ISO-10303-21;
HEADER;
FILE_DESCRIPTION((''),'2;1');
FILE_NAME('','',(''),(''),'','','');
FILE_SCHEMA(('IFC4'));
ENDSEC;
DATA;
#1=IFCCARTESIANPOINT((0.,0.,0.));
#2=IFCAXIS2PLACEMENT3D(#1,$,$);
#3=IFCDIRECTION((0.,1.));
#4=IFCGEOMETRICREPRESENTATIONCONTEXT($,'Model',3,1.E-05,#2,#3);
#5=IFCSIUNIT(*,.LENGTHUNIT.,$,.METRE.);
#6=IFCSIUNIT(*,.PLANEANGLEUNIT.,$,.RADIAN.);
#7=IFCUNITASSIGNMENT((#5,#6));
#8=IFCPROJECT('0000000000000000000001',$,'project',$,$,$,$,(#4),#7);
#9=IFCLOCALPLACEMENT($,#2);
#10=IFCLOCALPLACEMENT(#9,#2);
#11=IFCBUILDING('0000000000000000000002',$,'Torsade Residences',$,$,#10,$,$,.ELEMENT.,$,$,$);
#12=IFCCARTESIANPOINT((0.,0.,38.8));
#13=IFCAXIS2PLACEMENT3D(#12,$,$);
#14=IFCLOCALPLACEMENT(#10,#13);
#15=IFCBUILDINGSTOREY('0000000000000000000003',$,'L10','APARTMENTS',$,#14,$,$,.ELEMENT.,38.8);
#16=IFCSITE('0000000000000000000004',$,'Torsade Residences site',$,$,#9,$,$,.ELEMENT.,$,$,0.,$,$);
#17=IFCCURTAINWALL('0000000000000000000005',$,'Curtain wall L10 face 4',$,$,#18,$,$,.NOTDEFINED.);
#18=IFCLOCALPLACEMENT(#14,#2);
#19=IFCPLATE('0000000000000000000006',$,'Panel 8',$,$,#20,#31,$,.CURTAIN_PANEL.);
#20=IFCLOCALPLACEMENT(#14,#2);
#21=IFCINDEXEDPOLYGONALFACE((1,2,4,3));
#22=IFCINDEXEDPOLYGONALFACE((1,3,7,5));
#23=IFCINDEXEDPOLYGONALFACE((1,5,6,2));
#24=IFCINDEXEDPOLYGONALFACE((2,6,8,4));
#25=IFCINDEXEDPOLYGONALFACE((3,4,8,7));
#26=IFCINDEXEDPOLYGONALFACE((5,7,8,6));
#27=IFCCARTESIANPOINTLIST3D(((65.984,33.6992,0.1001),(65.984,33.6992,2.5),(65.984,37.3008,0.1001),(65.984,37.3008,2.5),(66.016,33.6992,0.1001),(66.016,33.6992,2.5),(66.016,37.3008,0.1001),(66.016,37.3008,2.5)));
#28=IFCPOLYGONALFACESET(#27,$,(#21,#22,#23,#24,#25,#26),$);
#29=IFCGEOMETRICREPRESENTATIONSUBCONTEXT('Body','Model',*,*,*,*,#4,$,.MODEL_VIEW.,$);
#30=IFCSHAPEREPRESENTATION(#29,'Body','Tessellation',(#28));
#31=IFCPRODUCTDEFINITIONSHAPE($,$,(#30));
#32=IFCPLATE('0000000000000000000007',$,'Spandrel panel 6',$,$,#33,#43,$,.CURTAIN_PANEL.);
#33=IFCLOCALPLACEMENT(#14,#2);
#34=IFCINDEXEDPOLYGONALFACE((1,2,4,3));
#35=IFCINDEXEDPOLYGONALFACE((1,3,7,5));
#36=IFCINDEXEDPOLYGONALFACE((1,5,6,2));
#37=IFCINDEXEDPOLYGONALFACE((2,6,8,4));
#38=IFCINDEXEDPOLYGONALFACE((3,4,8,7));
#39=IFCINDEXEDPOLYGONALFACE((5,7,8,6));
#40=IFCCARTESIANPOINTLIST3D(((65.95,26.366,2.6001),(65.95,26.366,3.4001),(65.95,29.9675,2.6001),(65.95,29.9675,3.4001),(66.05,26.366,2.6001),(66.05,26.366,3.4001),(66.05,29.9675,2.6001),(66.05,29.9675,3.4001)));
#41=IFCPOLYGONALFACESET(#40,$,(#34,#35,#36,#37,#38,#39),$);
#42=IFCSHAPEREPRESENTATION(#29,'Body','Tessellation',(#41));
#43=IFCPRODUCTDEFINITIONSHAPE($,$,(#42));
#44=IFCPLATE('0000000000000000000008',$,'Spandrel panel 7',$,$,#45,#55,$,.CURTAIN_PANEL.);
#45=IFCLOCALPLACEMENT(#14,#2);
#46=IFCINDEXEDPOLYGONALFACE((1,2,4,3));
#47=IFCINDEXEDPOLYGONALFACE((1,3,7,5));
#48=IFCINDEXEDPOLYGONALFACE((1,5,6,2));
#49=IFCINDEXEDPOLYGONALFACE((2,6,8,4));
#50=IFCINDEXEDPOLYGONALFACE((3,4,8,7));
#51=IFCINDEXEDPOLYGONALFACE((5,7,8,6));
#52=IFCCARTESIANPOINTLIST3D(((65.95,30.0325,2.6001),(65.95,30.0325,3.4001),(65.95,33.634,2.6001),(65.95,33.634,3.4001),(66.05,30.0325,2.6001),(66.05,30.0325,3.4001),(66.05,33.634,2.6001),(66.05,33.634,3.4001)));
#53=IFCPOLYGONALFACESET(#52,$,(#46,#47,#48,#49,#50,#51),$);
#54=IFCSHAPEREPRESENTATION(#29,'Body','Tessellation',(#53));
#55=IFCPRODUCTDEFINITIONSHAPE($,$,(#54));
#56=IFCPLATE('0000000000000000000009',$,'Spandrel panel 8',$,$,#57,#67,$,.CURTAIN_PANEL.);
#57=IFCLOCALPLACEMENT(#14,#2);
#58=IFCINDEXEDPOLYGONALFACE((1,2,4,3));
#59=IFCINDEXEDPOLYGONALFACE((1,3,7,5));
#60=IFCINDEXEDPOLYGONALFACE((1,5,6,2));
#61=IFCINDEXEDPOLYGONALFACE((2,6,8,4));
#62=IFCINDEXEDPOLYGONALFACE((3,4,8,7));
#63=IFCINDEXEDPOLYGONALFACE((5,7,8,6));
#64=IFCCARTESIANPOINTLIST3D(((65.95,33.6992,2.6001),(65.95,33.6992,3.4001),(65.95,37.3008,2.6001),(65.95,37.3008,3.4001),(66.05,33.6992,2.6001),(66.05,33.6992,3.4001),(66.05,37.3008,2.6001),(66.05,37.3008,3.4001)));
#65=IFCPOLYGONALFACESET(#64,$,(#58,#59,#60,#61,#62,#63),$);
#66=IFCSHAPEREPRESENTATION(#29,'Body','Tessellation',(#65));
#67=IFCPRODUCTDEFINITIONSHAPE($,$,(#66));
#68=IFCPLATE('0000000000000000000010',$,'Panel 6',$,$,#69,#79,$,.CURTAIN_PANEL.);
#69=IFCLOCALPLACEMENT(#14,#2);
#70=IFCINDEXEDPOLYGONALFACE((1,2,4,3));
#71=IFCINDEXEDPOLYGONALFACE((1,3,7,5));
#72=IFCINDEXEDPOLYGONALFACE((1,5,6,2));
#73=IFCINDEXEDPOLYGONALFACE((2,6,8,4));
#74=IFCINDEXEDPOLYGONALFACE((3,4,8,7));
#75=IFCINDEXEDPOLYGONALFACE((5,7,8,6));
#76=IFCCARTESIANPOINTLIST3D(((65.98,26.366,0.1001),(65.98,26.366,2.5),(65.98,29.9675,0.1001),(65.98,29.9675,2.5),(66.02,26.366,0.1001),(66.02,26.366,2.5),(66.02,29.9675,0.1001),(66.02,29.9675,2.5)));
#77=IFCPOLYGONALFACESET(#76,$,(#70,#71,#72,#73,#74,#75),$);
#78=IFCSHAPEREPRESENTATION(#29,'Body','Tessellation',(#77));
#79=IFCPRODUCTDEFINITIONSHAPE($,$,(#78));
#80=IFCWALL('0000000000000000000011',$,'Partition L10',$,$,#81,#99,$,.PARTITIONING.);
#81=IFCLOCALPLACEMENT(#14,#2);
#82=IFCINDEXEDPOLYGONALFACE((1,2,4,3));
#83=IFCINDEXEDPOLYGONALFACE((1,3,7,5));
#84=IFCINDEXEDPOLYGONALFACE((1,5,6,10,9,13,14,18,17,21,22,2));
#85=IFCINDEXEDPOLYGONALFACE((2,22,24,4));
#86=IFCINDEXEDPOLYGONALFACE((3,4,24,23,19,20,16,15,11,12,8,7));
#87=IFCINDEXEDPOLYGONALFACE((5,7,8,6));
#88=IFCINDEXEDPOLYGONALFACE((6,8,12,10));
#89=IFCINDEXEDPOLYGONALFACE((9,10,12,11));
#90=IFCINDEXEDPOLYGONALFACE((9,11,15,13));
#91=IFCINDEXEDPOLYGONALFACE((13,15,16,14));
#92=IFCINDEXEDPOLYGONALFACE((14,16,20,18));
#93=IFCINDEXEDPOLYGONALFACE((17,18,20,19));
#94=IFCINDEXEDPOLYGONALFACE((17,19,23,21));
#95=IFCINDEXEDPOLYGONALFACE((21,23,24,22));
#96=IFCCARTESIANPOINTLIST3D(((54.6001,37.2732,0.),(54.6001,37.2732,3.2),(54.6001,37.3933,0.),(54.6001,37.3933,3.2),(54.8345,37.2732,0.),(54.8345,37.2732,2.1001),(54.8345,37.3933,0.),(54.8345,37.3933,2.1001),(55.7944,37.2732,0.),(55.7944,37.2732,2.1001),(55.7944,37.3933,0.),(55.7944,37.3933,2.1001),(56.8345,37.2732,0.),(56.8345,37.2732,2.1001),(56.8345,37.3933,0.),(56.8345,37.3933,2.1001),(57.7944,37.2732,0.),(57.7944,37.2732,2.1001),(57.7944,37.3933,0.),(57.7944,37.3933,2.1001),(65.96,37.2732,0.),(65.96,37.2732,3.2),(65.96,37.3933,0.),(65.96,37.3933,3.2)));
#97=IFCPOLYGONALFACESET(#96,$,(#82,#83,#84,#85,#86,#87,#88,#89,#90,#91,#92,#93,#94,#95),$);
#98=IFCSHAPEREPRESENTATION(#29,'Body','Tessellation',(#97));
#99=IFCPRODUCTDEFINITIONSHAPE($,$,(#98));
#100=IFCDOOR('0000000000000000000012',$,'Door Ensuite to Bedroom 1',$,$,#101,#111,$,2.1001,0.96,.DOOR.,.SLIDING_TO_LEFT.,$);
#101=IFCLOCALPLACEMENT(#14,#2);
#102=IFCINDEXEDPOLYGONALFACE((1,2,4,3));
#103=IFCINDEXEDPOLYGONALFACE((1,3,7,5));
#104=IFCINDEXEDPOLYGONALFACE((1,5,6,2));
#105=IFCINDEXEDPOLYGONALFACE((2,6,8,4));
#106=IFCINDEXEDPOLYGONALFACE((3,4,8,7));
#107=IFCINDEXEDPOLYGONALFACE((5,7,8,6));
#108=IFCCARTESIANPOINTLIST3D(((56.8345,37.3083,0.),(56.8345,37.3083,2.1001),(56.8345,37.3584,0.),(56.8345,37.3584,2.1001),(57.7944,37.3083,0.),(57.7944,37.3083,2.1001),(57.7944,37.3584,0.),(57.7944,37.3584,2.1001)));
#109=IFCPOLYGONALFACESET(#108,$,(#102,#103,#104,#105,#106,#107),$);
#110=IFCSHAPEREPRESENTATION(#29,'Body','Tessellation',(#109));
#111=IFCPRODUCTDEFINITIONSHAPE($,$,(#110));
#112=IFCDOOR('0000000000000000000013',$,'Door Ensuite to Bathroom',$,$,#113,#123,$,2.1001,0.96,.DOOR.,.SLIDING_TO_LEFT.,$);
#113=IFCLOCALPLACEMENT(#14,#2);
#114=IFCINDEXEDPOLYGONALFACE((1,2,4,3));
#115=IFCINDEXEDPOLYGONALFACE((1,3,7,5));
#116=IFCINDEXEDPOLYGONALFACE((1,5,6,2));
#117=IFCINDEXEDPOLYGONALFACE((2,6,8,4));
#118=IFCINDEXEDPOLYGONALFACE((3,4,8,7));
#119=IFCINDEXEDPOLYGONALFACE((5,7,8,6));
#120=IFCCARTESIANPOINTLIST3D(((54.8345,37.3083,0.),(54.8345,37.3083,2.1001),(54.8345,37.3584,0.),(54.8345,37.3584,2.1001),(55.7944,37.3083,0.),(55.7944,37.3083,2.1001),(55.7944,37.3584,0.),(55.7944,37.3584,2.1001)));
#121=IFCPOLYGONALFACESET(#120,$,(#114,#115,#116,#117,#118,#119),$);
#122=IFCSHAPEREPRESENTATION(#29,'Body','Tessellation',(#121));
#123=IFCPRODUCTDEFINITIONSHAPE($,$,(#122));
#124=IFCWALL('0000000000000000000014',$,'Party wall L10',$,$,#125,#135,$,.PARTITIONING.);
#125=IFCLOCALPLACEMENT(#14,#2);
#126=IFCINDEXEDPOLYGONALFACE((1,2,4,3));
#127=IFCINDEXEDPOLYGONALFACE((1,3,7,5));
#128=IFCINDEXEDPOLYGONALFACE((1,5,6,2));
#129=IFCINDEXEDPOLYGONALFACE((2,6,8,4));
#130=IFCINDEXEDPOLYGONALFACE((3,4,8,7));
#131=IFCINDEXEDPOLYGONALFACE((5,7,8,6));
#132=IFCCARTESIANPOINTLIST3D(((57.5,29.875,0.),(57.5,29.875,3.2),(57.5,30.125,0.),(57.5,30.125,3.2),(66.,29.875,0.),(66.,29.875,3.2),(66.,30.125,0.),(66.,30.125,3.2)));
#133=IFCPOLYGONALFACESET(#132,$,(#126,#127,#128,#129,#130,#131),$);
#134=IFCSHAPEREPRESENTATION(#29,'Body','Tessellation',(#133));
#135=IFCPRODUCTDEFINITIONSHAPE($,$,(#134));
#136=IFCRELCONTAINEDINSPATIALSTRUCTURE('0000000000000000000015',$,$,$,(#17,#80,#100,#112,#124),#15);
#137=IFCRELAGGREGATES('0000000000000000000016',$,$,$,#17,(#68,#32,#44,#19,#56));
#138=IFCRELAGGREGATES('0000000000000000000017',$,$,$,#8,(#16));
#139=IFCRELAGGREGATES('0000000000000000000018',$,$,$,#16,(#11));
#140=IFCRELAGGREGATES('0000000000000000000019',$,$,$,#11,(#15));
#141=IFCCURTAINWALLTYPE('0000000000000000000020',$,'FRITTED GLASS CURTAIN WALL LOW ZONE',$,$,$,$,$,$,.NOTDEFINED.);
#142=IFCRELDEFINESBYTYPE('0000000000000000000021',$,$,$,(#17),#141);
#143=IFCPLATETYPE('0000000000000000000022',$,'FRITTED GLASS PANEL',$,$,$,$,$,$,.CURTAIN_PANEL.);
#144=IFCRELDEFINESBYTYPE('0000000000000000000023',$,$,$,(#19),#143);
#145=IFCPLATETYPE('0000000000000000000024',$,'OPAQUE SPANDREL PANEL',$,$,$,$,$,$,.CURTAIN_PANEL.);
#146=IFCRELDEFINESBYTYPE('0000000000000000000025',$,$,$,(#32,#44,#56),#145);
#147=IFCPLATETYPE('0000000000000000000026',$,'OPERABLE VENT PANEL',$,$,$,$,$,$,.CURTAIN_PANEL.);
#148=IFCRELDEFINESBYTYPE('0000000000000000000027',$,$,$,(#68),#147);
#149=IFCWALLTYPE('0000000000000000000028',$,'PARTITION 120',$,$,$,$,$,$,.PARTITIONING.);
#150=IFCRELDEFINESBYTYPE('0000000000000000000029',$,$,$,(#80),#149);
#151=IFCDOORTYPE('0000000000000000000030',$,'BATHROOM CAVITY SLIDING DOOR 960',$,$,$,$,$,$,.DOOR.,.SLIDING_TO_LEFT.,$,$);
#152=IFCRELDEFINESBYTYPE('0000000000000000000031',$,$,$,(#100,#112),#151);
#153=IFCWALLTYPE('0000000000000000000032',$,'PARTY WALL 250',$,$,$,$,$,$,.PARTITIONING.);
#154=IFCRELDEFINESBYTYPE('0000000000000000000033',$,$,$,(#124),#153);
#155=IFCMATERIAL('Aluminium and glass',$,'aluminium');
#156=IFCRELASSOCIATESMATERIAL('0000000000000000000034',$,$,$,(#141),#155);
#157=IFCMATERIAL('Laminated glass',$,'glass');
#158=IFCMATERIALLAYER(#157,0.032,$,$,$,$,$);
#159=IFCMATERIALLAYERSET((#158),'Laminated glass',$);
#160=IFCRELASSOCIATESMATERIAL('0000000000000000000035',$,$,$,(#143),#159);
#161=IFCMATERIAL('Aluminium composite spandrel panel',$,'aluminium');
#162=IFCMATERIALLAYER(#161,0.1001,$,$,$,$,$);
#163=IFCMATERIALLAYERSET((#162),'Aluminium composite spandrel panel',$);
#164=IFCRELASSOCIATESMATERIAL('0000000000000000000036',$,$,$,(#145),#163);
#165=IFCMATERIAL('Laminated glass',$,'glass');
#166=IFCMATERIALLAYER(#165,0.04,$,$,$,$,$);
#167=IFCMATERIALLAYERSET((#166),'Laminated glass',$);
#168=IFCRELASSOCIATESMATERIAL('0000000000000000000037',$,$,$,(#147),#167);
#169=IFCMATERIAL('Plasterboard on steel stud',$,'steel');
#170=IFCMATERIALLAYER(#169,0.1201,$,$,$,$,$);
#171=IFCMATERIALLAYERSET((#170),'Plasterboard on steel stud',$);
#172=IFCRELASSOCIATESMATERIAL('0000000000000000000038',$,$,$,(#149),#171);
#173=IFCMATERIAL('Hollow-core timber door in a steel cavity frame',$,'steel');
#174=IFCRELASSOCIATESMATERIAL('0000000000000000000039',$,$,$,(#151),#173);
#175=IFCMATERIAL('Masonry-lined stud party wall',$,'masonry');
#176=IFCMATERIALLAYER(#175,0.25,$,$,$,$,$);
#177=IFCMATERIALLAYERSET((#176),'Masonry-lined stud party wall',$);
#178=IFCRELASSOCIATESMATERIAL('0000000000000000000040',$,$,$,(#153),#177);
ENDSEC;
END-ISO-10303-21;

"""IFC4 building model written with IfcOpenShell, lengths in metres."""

from ifc_helpers import new_model, si_unit, direction, frame, frame_2d, origin, origin_2d, place, context, subcontext, project, spatial, rectangle, extrude, material, layer, layer_set, type_object, element, fill, aggregate, save


model = new_model("IFC4")

# Units and contexts
model_context = context("Model", 3, precision=1e-05, world=origin(), true_north=direction((0.0, 1.0)))
body_context = subcontext(model_context, "Body", "Model", "MODEL_VIEW")
ifc_project = project(units=[si_unit("LENGTHUNIT", "METRE"), si_unit("PLANEANGLEUNIT", "RADIAN")], contexts=[model_context])

# Site, building, storey
site_placement = place(None, origin())
site = spatial("IfcSite", under=ifc_project, at=site_placement, Name="Torsade Residences site", CompositionType="ELEMENT", RefElevation=0.0)
building_placement = place(site_placement, origin())
building = spatial("IfcBuilding", under=site, at=building_placement, Name="Torsade Residences", CompositionType="ELEMENT")
storey_placement = place(building_placement, frame((0.0, 0.0, 38.8)))
storey = spatial("IfcBuildingStorey", under=building, at=storey_placement, Name="L10", Description="APARTMENTS", CompositionType="ELEMENT", Elevation=38.8)

# Curtain wall
ifc_material_1 = material(Name="Aluminium and glass", Category="aluminium")
curtain_wall_type = type_object("IfcCurtainWallType", Name="FRITTED GLASS CURTAIN WALL LOW ZONE", PredefinedType="NOTDEFINED", material=ifc_material_1)
curtain_wall_placement = place(storey_placement, origin())
curtain_wall = element("IfcCurtainWall", 1, at=curtain_wall_placement, inside=storey, type_object=curtain_wall_type, Name="Curtain wall L10 face 4", PredefinedType="NOTDEFINED")

# Plates
ifc_material_2 = material(Name="Laminated glass", Category="glass")
ifc_layer_1 = layer(ifc_material_2, 0.032)
ifc_layer_set_1 = layer_set([ifc_layer_1], Name="Laminated glass")
plate_type_1 = type_object("IfcPlateType", Name="FRITTED GLASS PANEL", PredefinedType="CURTAIN_PANEL", material=ifc_layer_set_1)
plate_1_placement = place(storey_placement, frame((66.0, 35.5, 0.1001), z_axis=(0.0, 0.0, 1.0), x_axis=(0.0, 1.0, 0.0)))
plate_1 = element("IfcPlate", 2, at=plate_1_placement, type_object=plate_type_1, Name="Panel 8", PredefinedType="CURTAIN_PANEL", context=body_context, shape_type="SweptSolid", body=[
    extrude(rectangle(XDim=3.6016, YDim=0.032, at=origin_2d()), origin(), (0.0, 0.0, 1.0), 2.3999),
])
ifc_material_3 = material(Name="Aluminium composite spandrel panel", Category="aluminium")
ifc_layer_2 = layer(ifc_material_3, 0.1001)
ifc_layer_set_2 = layer_set([ifc_layer_2], Name="Aluminium composite spandrel panel")
plate_type_2 = type_object("IfcPlateType", Name="OPAQUE SPANDREL PANEL", PredefinedType="CURTAIN_PANEL", material=ifc_layer_set_2)
plate_2_placement = place(storey_placement, frame((66.0, 28.1667, 2.6001), z_axis=(0.0, 0.0, 1.0), x_axis=(0.0, 1.0, 0.0)))
plate_2 = element("IfcPlate", 3, at=plate_2_placement, type_object=plate_type_2, Name="Spandrel panel 6", PredefinedType="CURTAIN_PANEL", context=body_context, shape_type="SweptSolid", body=[
    extrude(rectangle(XDim=3.6016, YDim=0.1001, at=origin_2d()), origin(), (0.0, 0.0, 1.0), 0.8),
])
plate_3_placement = place(storey_placement, frame((66.0, 31.8333, 2.6001), z_axis=(0.0, 0.0, 1.0), x_axis=(0.0, 1.0, 0.0)))
plate_3 = element("IfcPlate", 4, at=plate_3_placement, type_object=plate_type_2, Name="Spandrel panel 7", PredefinedType="CURTAIN_PANEL", context=body_context, shape_type="SweptSolid", body=[
    extrude(rectangle(XDim=3.6016, YDim=0.1001, at=origin_2d()), origin(), (0.0, 0.0, 1.0), 0.8),
])
plate_4_placement = place(storey_placement, frame((66.0, 35.5, 2.6001), z_axis=(0.0, 0.0, 1.0), x_axis=(0.0, 1.0, 0.0)))
plate_4 = element("IfcPlate", 5, at=plate_4_placement, type_object=plate_type_2, Name="Spandrel panel 8", PredefinedType="CURTAIN_PANEL", context=body_context, shape_type="SweptSolid", body=[
    extrude(rectangle(XDim=3.6016, YDim=0.1001, at=origin_2d()), origin(), (0.0, 0.0, 1.0), 0.8),
])
ifc_material_4 = material(Name="Laminated glass", Category="glass")
ifc_layer_3 = layer(ifc_material_4, 0.04)
ifc_layer_set_3 = layer_set([ifc_layer_3], Name="Laminated glass")
plate_type_3 = type_object("IfcPlateType", Name="OPERABLE VENT PANEL", PredefinedType="CURTAIN_PANEL", material=ifc_layer_set_3)
plate_5_placement = place(storey_placement, frame((66.0, 28.1667, 0.1001), z_axis=(0.0, 0.0, 1.0), x_axis=(0.0, 1.0, 0.0)))
plate_5 = element("IfcPlate", 6, at=plate_5_placement, type_object=plate_type_3, Name="Panel 6", PredefinedType="CURTAIN_PANEL", context=body_context, shape_type="SweptSolid", body=[
    extrude(rectangle(XDim=3.6016, YDim=0.04, at=origin_2d()), origin(), (0.0, 0.0, 1.0), 2.3999),
])
aggregate(curtain_wall, [plate_5, plate_2, plate_3, plate_1, plate_4])

# Wall, openings, doors
ifc_material_5 = material(Name="Plasterboard on steel stud", Category="steel")
ifc_layer_4 = layer(ifc_material_5, 0.1201)
ifc_layer_set_4 = layer_set([ifc_layer_4], Name="Plasterboard on steel stud")
wall_type_1 = type_object("IfcWallType", Name="PARTITION 120", PredefinedType="PARTITIONING", material=ifc_layer_set_4)
wall_1_placement = place(storey_placement, frame((65.96, 37.3333, 0.0), z_axis=(0.0, 0.0, 1.0), x_axis=(-1.0, 0.0, 0.0)))
wall_1 = element("IfcWall", 7, at=wall_1_placement, inside=storey, type_object=wall_type_1, Name="Partition L10", PredefinedType="PARTITIONING", context=body_context, shape_type="SweptSolid", body=[
    extrude(rectangle(XDim=11.3599, YDim=0.1201, at=frame_2d((5.6799, 0.0))), origin(), (0.0, 0.0, 1.0), 3.2),
])
opening_1_placement = place(wall_1_placement, frame((8.1655, 0.0, 0.0)))
opening_1 = element("IfcOpeningElement", 8, at=opening_1_placement, cuts=wall_1, PredefinedType="OPENING", context=body_context, shape_type="SweptSolid", body=[
    extrude(rectangle(XDim=0.96, YDim=2.1001, at=frame_2d((0.48, 1.05))), frame((0.0, 0.0701, 0.0), z_axis=(0.0, -1.0, 0.0), x_axis=(1.0, 0.0, 0.0)), (0.0, 0.0, 1.0), 0.1401),
])
opening_2_placement = place(wall_1_placement, frame((10.1655, 0.0, 0.0)))
opening_2 = element("IfcOpeningElement", 9, at=opening_2_placement, cuts=wall_1, PredefinedType="OPENING", context=body_context, shape_type="SweptSolid", body=[
    extrude(rectangle(XDim=0.96, YDim=2.1001, at=frame_2d((0.48, 1.05))), frame((0.0, 0.0701, 0.0), z_axis=(0.0, -1.0, 0.0), x_axis=(1.0, 0.0, 0.0)), (0.0, 0.0, 1.0), 0.1401),
])
ifc_material_6 = material(Name="Hollow-core timber door in a steel cavity frame", Category="steel")
door_type = type_object("IfcDoorType", Name="BATHROOM CAVITY SLIDING DOOR 960", OperationType="SLIDING_TO_LEFT", PredefinedType="DOOR", material=ifc_material_6)
door_1_placement = place(opening_1_placement, origin())
door_1 = element("IfcDoor", 10, at=door_1_placement, inside=storey, type_object=door_type, Name="Door Ensuite to Bedroom 1", OperationType="SLIDING_TO_LEFT", OverallHeight=2.1001, OverallWidth=0.96, PredefinedType="DOOR", context=body_context, shape_type="SweptSolid", body=[
    extrude(rectangle(XDim=0.96, YDim=2.1001, at=frame_2d((0.48, 1.05))), frame((0.0, 0.0249, 0.0), z_axis=(0.0, -1.0, 0.0), x_axis=(1.0, 0.0, 0.0)), (0.0, 0.0, 1.0), 0.05),
])
fill(opening_1, door_1)
door_2_placement = place(opening_2_placement, origin())
door_2 = element("IfcDoor", 11, at=door_2_placement, inside=storey, type_object=door_type, Name="Door Ensuite to Bathroom", OperationType="SLIDING_TO_LEFT", OverallHeight=2.1001, OverallWidth=0.96, PredefinedType="DOOR", context=body_context, shape_type="SweptSolid", body=[
    extrude(rectangle(XDim=0.96, YDim=2.1001, at=frame_2d((0.48, 1.05))), frame((0.0, 0.0249, 0.0), z_axis=(0.0, -1.0, 0.0), x_axis=(1.0, 0.0, 0.0)), (0.0, 0.0, 1.0), 0.05),
])
fill(opening_2, door_2)

# Wall
ifc_material_7 = material(Name="Masonry-lined stud party wall", Category="masonry")
ifc_layer_5 = layer(ifc_material_7, 0.25)
ifc_layer_set_5 = layer_set([ifc_layer_5], Name="Masonry-lined stud party wall")
wall_type_2 = type_object("IfcWallType", Name="PARTY WALL 250", PredefinedType="PARTITIONING", material=ifc_layer_set_5)
wall_2_placement = place(storey_placement, frame((66.0, 30.0, 0.0), z_axis=(0.0, 0.0, 1.0), x_axis=(-1.0, 0.0, 0.0)))
element("IfcWall", 12, at=wall_2_placement, inside=storey, type_object=wall_type_2, Name="Party wall L10", PredefinedType="PARTITIONING", context=body_context, shape_type="SweptSolid", body=[
    extrude(rectangle(XDim=8.5, YDim=0.25, at=frame_2d((4.25, 0.0))), origin(), (0.0, 0.0, 1.0), 3.2),
])

save(model, "model.ifc")
